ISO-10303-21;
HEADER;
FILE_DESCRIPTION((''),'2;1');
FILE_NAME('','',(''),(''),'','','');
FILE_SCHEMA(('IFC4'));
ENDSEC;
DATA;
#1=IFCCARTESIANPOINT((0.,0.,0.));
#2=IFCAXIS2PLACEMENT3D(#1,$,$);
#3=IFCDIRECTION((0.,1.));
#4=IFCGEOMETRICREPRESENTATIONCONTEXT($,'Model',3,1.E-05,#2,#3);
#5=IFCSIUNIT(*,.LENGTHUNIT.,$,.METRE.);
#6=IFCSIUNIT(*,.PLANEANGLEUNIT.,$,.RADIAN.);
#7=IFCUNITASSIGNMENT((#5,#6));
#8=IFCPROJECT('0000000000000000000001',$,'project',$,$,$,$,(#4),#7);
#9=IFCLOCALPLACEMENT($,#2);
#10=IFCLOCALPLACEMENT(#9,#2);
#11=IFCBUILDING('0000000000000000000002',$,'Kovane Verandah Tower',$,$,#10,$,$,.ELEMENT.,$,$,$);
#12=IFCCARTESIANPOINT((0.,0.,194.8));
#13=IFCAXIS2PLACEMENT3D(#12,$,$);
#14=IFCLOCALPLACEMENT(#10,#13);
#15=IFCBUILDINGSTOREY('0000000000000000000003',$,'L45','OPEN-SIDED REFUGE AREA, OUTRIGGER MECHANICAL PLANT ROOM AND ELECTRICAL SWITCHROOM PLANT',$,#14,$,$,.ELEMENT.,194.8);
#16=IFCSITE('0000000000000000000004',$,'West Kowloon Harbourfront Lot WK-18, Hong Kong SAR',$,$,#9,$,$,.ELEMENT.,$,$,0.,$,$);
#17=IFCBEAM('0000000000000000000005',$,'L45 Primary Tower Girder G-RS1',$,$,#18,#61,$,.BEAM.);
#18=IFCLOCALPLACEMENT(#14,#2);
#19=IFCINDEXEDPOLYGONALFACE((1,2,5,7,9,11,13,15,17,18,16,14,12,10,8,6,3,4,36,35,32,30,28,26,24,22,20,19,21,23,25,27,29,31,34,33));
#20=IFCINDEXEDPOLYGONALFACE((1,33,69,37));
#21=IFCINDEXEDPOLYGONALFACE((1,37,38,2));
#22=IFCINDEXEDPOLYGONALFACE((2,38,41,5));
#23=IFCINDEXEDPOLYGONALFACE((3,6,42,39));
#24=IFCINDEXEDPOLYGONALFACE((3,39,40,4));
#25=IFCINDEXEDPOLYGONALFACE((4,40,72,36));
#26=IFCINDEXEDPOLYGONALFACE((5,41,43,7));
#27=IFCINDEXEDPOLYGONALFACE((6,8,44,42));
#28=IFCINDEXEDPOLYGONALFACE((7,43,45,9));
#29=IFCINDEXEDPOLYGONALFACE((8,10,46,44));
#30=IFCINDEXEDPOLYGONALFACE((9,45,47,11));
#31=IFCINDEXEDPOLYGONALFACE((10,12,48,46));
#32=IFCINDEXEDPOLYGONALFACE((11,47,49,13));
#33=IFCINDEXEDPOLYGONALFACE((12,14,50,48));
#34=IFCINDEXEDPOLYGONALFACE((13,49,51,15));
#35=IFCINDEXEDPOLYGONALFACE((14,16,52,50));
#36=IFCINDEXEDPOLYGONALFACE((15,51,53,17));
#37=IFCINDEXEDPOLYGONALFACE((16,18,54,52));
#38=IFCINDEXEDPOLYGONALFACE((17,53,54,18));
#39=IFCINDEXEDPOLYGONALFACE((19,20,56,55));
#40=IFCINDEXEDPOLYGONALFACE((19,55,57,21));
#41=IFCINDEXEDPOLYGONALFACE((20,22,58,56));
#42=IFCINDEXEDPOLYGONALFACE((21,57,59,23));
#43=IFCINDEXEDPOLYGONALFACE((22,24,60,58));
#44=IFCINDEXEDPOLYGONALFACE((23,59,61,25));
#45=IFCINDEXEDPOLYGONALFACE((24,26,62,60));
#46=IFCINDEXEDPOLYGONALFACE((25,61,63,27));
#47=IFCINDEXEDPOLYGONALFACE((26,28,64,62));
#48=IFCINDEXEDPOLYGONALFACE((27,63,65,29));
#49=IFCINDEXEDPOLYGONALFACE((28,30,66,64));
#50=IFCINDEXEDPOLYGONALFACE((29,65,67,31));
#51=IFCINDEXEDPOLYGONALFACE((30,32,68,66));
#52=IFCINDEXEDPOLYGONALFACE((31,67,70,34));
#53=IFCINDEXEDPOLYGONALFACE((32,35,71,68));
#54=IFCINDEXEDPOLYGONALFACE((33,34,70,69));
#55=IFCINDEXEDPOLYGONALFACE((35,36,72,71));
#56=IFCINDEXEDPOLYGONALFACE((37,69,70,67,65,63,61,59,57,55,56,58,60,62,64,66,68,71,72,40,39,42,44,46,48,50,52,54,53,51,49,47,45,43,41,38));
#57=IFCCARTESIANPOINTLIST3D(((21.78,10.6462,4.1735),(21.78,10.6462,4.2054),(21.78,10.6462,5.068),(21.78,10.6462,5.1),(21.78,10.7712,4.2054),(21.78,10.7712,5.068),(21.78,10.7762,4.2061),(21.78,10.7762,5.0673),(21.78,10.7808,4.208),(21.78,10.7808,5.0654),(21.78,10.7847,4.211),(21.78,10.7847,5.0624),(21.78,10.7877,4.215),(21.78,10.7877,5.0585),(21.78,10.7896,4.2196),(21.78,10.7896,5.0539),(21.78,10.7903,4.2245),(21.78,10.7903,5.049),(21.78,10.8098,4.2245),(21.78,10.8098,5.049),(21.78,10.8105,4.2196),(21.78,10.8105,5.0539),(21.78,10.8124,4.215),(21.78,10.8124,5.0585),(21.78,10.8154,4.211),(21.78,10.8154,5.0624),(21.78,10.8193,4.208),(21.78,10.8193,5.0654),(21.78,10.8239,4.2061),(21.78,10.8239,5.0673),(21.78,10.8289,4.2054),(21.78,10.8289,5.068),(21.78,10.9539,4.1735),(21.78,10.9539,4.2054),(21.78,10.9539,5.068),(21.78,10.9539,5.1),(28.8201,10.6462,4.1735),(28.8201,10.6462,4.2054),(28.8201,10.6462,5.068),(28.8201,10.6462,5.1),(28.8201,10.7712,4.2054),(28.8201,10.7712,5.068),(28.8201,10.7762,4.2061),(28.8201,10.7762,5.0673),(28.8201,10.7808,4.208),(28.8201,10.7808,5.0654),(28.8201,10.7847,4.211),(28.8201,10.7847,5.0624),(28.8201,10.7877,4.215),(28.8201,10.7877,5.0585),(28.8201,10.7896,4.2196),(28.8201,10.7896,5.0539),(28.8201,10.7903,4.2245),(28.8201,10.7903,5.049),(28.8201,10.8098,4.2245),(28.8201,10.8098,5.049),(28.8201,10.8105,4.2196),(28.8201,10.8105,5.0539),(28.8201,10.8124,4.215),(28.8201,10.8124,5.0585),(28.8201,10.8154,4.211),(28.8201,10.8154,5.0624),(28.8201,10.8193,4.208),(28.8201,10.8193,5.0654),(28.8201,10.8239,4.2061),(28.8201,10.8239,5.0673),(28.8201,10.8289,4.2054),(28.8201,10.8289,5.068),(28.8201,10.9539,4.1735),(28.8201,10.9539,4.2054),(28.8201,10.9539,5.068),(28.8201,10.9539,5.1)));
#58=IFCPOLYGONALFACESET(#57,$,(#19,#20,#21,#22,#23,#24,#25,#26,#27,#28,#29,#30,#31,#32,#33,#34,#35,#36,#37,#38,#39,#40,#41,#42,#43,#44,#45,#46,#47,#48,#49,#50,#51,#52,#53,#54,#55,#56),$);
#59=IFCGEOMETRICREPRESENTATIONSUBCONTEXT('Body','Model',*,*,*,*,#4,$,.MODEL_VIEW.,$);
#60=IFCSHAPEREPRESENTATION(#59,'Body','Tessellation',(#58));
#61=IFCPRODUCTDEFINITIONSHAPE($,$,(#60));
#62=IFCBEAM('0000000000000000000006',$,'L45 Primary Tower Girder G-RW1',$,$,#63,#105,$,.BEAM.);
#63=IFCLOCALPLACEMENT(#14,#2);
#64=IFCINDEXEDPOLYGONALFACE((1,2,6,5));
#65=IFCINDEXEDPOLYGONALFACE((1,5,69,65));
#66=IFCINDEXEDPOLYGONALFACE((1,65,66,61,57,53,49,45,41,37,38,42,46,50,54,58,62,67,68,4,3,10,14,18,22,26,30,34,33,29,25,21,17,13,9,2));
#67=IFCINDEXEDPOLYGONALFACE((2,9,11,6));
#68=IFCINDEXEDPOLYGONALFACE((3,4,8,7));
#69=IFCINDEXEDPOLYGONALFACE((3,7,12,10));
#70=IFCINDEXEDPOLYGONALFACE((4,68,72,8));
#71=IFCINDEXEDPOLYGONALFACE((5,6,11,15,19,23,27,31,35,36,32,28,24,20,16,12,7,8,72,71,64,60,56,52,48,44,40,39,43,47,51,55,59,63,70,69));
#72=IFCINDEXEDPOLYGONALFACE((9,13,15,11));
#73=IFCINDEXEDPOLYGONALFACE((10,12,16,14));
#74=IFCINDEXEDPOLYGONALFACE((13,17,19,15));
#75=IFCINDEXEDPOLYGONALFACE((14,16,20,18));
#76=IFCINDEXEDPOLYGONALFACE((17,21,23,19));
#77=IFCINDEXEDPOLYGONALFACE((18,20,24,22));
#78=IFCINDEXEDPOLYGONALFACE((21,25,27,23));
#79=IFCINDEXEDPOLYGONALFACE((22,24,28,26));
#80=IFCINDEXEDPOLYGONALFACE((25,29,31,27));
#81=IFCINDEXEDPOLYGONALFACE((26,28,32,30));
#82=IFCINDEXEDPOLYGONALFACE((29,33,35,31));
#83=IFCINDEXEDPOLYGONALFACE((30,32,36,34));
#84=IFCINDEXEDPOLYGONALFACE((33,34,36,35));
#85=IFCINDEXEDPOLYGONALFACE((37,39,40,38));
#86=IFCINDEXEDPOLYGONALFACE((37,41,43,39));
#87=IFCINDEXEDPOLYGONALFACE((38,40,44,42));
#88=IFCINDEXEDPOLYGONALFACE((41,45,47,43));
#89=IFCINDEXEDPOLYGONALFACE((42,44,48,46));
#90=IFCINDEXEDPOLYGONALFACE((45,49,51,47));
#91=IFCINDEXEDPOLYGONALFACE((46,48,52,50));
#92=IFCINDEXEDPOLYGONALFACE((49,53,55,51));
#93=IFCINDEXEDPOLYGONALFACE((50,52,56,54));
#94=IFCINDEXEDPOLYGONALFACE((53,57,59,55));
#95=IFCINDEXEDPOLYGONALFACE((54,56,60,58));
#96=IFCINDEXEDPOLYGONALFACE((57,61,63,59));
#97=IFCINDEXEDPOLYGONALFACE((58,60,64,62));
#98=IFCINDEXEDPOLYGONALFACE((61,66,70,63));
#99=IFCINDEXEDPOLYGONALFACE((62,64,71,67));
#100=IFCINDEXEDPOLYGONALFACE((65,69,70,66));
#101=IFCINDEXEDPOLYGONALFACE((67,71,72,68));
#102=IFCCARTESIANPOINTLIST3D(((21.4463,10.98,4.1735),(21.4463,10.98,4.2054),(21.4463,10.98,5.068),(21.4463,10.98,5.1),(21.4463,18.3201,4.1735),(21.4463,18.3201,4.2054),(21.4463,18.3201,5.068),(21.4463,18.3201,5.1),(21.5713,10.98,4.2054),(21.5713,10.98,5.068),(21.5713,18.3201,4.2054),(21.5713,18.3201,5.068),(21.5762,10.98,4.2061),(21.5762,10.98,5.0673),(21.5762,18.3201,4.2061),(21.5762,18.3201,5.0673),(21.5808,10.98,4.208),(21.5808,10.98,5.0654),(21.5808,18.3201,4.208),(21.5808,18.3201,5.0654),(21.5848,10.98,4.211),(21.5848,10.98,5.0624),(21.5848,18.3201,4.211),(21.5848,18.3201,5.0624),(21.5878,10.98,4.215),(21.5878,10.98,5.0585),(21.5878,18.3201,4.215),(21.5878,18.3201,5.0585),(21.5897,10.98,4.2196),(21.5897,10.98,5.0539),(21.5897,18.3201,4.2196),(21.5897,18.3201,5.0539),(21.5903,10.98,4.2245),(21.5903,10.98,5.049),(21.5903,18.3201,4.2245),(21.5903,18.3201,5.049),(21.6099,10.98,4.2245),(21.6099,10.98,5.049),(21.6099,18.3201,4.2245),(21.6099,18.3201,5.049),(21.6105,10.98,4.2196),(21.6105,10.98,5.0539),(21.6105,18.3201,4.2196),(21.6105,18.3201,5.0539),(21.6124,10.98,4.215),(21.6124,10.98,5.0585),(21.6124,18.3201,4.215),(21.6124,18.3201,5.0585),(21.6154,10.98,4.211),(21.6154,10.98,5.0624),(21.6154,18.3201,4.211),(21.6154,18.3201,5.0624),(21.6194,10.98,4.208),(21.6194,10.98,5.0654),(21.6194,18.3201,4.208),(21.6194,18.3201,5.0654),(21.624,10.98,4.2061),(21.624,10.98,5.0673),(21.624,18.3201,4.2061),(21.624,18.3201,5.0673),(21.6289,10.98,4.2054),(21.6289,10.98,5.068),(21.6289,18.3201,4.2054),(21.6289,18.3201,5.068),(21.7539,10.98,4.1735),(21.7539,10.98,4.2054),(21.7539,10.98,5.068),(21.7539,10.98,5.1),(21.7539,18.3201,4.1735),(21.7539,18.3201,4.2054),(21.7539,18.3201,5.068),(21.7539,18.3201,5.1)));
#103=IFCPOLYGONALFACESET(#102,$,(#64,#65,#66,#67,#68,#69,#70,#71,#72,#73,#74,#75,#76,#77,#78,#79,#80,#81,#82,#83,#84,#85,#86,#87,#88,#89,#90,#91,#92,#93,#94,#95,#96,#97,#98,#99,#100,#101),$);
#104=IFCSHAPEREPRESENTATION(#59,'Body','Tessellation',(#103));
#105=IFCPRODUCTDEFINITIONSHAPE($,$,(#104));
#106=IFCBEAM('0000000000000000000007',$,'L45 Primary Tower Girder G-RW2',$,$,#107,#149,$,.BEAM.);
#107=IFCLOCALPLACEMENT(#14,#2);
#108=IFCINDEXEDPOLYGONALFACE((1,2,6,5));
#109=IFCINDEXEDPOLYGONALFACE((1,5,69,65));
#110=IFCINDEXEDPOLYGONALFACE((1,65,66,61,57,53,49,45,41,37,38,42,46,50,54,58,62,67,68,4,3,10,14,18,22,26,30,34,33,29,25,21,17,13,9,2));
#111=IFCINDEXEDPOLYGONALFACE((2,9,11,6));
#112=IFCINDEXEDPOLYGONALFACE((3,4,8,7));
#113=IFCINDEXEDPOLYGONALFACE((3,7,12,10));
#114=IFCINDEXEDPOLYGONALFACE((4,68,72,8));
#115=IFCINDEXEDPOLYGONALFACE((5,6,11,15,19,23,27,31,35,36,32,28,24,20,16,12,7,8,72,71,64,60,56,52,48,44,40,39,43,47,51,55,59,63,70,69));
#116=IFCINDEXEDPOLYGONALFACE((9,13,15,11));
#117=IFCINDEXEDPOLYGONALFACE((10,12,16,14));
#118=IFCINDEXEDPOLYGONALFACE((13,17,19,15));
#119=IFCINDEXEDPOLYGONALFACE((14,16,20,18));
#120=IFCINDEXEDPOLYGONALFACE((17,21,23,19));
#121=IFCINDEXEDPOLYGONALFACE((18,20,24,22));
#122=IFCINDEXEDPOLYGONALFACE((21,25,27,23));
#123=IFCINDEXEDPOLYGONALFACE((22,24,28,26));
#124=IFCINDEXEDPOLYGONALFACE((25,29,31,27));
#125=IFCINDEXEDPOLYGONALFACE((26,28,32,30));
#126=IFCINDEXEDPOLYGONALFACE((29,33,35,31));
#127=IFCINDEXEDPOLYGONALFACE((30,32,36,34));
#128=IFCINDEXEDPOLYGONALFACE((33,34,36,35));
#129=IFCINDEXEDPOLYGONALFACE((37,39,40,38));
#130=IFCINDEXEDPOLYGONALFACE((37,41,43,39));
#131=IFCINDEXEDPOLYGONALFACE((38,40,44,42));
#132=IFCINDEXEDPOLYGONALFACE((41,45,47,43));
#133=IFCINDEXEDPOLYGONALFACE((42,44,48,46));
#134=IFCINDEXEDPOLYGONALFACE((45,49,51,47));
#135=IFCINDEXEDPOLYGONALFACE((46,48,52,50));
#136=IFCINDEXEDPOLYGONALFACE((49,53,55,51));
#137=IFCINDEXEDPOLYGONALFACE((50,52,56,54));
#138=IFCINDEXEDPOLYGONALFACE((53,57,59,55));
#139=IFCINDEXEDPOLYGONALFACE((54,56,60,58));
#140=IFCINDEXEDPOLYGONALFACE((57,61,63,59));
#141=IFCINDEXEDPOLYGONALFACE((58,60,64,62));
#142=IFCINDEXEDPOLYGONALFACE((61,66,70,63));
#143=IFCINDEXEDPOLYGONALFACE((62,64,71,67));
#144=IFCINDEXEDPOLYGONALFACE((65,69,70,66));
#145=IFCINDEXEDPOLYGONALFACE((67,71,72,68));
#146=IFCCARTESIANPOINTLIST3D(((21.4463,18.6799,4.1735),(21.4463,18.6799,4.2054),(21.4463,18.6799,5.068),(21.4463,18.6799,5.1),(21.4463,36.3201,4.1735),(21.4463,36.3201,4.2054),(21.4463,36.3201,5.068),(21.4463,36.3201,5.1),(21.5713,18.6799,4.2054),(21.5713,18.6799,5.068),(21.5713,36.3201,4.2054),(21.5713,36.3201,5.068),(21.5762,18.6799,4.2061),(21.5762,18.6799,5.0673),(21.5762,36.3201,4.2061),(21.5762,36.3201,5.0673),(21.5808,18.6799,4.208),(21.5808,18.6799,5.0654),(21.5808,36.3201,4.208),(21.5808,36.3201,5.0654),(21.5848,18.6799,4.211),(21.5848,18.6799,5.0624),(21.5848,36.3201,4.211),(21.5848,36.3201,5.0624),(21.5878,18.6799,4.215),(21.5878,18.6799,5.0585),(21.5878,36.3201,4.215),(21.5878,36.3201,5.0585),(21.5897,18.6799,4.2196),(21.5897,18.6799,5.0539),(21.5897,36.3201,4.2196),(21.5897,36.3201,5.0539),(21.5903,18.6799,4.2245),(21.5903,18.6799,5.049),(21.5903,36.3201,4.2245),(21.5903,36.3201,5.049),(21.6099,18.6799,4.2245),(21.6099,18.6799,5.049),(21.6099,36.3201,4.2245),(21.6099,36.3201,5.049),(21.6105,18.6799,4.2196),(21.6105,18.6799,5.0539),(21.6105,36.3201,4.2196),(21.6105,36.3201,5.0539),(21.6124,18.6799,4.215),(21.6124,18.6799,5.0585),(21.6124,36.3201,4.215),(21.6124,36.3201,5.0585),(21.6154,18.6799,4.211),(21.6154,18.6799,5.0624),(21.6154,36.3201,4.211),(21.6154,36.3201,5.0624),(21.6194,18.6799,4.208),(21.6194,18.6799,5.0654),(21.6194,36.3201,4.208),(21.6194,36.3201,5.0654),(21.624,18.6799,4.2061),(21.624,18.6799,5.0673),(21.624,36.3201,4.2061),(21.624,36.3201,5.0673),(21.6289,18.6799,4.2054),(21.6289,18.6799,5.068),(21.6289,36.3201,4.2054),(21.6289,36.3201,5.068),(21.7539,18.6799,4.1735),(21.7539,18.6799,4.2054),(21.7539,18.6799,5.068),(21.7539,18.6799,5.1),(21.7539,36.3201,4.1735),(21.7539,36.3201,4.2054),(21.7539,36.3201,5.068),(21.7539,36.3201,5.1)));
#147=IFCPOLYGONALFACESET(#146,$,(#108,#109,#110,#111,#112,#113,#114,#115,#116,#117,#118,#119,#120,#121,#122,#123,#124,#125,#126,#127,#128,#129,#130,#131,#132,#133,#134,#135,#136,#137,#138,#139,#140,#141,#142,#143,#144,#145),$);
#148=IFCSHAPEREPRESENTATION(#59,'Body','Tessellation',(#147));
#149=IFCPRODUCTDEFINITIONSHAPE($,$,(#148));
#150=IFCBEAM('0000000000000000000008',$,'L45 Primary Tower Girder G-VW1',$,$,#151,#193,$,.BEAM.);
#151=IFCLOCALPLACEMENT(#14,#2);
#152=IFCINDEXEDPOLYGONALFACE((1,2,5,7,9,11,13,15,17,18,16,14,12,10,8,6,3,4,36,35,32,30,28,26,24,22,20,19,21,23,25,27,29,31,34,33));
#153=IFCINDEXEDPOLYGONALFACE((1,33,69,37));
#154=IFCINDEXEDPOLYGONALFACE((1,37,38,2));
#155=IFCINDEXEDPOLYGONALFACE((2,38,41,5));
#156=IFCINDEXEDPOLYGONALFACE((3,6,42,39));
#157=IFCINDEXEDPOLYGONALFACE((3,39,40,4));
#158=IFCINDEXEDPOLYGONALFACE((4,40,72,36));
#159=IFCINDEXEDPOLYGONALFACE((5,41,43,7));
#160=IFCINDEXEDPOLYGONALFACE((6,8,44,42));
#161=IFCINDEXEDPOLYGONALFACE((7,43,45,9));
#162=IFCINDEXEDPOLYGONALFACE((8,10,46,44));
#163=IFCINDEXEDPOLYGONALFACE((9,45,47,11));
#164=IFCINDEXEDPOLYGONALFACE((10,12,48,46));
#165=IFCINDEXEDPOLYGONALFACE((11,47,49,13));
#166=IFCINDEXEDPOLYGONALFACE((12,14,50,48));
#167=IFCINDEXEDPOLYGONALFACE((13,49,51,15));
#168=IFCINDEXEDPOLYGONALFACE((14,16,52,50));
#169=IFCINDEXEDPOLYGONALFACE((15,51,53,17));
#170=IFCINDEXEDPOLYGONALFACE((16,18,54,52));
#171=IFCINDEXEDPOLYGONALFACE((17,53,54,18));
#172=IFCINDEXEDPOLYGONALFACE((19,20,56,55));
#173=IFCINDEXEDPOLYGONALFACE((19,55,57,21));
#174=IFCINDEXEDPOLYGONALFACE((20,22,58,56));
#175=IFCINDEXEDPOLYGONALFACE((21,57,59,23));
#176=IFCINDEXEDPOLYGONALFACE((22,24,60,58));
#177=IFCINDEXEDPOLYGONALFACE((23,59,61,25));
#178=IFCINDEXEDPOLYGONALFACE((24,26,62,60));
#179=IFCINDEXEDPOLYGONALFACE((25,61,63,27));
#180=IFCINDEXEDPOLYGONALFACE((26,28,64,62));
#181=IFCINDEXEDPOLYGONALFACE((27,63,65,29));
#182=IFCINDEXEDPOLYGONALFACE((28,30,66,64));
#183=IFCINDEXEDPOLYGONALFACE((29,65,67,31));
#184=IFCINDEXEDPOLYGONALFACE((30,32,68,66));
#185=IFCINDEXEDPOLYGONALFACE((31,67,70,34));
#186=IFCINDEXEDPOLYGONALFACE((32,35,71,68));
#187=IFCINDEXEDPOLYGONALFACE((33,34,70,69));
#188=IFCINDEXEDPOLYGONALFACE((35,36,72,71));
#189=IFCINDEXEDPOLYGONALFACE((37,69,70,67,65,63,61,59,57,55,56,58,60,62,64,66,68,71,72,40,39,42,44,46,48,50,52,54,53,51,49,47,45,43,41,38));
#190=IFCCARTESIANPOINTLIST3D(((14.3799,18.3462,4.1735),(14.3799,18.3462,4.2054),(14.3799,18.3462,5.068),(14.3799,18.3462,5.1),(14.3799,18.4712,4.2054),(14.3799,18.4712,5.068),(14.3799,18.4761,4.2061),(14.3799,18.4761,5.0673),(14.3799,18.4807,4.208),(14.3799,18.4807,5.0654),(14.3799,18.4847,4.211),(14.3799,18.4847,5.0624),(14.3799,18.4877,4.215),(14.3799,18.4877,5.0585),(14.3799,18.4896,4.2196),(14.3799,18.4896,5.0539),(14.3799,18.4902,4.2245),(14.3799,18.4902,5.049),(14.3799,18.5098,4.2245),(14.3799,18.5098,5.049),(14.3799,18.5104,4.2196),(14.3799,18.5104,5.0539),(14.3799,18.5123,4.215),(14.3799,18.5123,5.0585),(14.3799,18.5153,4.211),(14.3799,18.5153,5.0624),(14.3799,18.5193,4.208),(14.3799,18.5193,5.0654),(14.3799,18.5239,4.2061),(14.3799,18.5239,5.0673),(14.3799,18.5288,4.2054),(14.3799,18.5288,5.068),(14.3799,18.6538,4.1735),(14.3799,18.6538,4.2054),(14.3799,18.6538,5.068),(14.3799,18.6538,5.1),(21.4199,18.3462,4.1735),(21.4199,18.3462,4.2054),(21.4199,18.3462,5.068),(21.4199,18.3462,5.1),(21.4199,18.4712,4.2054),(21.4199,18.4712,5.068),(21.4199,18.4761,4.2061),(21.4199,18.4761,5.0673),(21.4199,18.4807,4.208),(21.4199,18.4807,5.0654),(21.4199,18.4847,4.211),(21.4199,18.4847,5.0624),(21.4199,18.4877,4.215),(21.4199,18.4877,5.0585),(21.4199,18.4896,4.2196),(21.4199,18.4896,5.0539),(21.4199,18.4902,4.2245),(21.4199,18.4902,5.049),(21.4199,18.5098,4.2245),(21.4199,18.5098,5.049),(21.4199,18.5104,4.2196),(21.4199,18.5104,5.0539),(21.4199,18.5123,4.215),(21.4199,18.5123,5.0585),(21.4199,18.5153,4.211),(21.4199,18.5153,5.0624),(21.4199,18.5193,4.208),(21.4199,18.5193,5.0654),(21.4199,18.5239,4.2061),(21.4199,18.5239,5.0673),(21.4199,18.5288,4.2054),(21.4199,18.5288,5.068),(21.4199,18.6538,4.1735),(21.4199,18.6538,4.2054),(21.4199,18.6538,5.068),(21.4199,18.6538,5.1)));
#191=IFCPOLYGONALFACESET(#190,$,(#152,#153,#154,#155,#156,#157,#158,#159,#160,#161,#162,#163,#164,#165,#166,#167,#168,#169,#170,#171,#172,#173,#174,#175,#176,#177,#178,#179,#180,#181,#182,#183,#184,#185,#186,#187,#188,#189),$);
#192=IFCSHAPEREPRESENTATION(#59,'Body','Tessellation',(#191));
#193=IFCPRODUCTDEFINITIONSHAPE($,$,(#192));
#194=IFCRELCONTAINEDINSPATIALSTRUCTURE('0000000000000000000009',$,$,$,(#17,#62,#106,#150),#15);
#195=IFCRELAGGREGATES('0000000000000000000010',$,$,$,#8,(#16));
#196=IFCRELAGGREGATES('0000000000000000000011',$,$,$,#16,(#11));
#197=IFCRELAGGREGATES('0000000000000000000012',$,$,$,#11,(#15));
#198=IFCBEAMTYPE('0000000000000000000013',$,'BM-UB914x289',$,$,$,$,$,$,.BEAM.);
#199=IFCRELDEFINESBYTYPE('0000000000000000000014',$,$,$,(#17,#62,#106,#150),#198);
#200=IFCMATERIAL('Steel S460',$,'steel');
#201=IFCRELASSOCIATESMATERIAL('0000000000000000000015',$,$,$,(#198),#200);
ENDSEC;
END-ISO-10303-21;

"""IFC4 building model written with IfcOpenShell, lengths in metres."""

from ifc_helpers import new_model, si_unit, direction, frame, origin, origin_2d, place, context, subcontext, project, spatial, i_section, extrude, material, material_profile, profile_set, type_object, element, save


model = new_model("IFC4")

# Units and contexts
model_context = context("Model", 3, precision=1e-05, world=origin(), true_north=direction((0.0, 1.0)))
body_context = subcontext(model_context, "Body", "Model", "MODEL_VIEW")
ifc_project = project(units=[si_unit("LENGTHUNIT", "METRE"), si_unit("PLANEANGLEUNIT", "RADIAN")], contexts=[model_context])

# Site, building, storey
site_placement = place(None, origin())
site = spatial("IfcSite", under=ifc_project, at=site_placement, Name="West Kowloon Harbourfront Lot WK-18, Hong Kong SAR", CompositionType="ELEMENT", RefElevation=0.0)
building_placement = place(site_placement, origin())
building = spatial("IfcBuilding", under=site, at=building_placement, Name="Kovane Verandah Tower", CompositionType="ELEMENT")
storey_placement = place(building_placement, frame((0.0, 0.0, 194.8)))
storey = spatial("IfcBuildingStorey", under=building, at=storey_placement, Name="L45", Description="OPEN-SIDED REFUGE AREA, OUTRIGGER MECHANICAL PLANT ROOM AND ELECTRICAL SWITCHROOM PLANT", CompositionType="ELEMENT", Elevation=194.8)

# Beams
ifc_material_1 = material(Name="Steel S460", Category="steel")
ifc_material_profile_1 = material_profile(ifc_material_1, i_section(OverallWidth=0.3076, OverallDepth=0.9265, WebThickness=0.0195, FlangeThickness=0.032, FilletRadius=0.019, at=origin_2d()), Name="UB914x305x289")
ifc_profile_set_1 = profile_set([ifc_material_profile_1], Name="Steel S460")
beam_type_1 = type_object("IfcBeamType", Name="BM-UB914x289", PredefinedType="BEAM", material=ifc_profile_set_1)
beam_1_placement = place(storey_placement, frame((21.78, 10.8, 4.6367), z_axis=(1.0, 0.0, 0.0), x_axis=(0.0, 1.0, 0.0)))
element("IfcBeam", 1, at=beam_1_placement, inside=storey, type_object=beam_type_1, Name="L45 Primary Tower Girder G-RS1", PredefinedType="BEAM", context=body_context, shape_type="SweptSolid", body=[
    extrude(i_section(OverallWidth=0.3076, OverallDepth=0.9265, WebThickness=0.0195, FlangeThickness=0.032, FilletRadius=0.019, at=origin_2d()), origin(), (0.0, 0.0, 1.0), 7.04),
])
beam_2_placement = place(storey_placement, frame((21.6001, 10.98, 4.6367), z_axis=(0.0, 1.0, 0.0), x_axis=(-1.0, 0.0, 0.0)))
element("IfcBeam", 2, at=beam_2_placement, inside=storey, type_object=beam_type_1, Name="L45 Primary Tower Girder G-RW1", PredefinedType="BEAM", context=body_context, shape_type="SweptSolid", body=[
    extrude(i_section(OverallWidth=0.3076, OverallDepth=0.9265, WebThickness=0.0195, FlangeThickness=0.032, FilletRadius=0.019, at=origin_2d()), origin(), (0.0, 0.0, 1.0), 7.3401),
])
beam_3_placement = place(storey_placement, frame((21.6001, 18.6799, 4.6367), z_axis=(0.0, 1.0, 0.0), x_axis=(-1.0, 0.0, 0.0)))
element("IfcBeam", 3, at=beam_3_placement, inside=storey, type_object=beam_type_1, Name="L45 Primary Tower Girder G-RW2", PredefinedType="BEAM", context=body_context, shape_type="SweptSolid", body=[
    extrude(i_section(OverallWidth=0.3076, OverallDepth=0.9265, WebThickness=0.0195, FlangeThickness=0.032, FilletRadius=0.019, at=origin_2d()), origin(), (0.0, 0.0, 1.0), 17.6401),
])
beam_4_placement = place(storey_placement, frame((21.4199, 18.5, 4.6367), z_axis=(-1.0, 0.0, 0.0), x_axis=(0.0, -1.0, 0.0)))
element("IfcBeam", 4, at=beam_4_placement, inside=storey, type_object=beam_type_1, Name="L45 Primary Tower Girder G-VW1", PredefinedType="BEAM", context=body_context, shape_type="SweptSolid", body=[
    extrude(i_section(OverallWidth=0.3076, OverallDepth=0.9265, WebThickness=0.0195, FlangeThickness=0.032, FilletRadius=0.019, at=origin_2d()), origin(), (0.0, 0.0, 1.0), 7.04),
])

save(model, "model.ifc")
